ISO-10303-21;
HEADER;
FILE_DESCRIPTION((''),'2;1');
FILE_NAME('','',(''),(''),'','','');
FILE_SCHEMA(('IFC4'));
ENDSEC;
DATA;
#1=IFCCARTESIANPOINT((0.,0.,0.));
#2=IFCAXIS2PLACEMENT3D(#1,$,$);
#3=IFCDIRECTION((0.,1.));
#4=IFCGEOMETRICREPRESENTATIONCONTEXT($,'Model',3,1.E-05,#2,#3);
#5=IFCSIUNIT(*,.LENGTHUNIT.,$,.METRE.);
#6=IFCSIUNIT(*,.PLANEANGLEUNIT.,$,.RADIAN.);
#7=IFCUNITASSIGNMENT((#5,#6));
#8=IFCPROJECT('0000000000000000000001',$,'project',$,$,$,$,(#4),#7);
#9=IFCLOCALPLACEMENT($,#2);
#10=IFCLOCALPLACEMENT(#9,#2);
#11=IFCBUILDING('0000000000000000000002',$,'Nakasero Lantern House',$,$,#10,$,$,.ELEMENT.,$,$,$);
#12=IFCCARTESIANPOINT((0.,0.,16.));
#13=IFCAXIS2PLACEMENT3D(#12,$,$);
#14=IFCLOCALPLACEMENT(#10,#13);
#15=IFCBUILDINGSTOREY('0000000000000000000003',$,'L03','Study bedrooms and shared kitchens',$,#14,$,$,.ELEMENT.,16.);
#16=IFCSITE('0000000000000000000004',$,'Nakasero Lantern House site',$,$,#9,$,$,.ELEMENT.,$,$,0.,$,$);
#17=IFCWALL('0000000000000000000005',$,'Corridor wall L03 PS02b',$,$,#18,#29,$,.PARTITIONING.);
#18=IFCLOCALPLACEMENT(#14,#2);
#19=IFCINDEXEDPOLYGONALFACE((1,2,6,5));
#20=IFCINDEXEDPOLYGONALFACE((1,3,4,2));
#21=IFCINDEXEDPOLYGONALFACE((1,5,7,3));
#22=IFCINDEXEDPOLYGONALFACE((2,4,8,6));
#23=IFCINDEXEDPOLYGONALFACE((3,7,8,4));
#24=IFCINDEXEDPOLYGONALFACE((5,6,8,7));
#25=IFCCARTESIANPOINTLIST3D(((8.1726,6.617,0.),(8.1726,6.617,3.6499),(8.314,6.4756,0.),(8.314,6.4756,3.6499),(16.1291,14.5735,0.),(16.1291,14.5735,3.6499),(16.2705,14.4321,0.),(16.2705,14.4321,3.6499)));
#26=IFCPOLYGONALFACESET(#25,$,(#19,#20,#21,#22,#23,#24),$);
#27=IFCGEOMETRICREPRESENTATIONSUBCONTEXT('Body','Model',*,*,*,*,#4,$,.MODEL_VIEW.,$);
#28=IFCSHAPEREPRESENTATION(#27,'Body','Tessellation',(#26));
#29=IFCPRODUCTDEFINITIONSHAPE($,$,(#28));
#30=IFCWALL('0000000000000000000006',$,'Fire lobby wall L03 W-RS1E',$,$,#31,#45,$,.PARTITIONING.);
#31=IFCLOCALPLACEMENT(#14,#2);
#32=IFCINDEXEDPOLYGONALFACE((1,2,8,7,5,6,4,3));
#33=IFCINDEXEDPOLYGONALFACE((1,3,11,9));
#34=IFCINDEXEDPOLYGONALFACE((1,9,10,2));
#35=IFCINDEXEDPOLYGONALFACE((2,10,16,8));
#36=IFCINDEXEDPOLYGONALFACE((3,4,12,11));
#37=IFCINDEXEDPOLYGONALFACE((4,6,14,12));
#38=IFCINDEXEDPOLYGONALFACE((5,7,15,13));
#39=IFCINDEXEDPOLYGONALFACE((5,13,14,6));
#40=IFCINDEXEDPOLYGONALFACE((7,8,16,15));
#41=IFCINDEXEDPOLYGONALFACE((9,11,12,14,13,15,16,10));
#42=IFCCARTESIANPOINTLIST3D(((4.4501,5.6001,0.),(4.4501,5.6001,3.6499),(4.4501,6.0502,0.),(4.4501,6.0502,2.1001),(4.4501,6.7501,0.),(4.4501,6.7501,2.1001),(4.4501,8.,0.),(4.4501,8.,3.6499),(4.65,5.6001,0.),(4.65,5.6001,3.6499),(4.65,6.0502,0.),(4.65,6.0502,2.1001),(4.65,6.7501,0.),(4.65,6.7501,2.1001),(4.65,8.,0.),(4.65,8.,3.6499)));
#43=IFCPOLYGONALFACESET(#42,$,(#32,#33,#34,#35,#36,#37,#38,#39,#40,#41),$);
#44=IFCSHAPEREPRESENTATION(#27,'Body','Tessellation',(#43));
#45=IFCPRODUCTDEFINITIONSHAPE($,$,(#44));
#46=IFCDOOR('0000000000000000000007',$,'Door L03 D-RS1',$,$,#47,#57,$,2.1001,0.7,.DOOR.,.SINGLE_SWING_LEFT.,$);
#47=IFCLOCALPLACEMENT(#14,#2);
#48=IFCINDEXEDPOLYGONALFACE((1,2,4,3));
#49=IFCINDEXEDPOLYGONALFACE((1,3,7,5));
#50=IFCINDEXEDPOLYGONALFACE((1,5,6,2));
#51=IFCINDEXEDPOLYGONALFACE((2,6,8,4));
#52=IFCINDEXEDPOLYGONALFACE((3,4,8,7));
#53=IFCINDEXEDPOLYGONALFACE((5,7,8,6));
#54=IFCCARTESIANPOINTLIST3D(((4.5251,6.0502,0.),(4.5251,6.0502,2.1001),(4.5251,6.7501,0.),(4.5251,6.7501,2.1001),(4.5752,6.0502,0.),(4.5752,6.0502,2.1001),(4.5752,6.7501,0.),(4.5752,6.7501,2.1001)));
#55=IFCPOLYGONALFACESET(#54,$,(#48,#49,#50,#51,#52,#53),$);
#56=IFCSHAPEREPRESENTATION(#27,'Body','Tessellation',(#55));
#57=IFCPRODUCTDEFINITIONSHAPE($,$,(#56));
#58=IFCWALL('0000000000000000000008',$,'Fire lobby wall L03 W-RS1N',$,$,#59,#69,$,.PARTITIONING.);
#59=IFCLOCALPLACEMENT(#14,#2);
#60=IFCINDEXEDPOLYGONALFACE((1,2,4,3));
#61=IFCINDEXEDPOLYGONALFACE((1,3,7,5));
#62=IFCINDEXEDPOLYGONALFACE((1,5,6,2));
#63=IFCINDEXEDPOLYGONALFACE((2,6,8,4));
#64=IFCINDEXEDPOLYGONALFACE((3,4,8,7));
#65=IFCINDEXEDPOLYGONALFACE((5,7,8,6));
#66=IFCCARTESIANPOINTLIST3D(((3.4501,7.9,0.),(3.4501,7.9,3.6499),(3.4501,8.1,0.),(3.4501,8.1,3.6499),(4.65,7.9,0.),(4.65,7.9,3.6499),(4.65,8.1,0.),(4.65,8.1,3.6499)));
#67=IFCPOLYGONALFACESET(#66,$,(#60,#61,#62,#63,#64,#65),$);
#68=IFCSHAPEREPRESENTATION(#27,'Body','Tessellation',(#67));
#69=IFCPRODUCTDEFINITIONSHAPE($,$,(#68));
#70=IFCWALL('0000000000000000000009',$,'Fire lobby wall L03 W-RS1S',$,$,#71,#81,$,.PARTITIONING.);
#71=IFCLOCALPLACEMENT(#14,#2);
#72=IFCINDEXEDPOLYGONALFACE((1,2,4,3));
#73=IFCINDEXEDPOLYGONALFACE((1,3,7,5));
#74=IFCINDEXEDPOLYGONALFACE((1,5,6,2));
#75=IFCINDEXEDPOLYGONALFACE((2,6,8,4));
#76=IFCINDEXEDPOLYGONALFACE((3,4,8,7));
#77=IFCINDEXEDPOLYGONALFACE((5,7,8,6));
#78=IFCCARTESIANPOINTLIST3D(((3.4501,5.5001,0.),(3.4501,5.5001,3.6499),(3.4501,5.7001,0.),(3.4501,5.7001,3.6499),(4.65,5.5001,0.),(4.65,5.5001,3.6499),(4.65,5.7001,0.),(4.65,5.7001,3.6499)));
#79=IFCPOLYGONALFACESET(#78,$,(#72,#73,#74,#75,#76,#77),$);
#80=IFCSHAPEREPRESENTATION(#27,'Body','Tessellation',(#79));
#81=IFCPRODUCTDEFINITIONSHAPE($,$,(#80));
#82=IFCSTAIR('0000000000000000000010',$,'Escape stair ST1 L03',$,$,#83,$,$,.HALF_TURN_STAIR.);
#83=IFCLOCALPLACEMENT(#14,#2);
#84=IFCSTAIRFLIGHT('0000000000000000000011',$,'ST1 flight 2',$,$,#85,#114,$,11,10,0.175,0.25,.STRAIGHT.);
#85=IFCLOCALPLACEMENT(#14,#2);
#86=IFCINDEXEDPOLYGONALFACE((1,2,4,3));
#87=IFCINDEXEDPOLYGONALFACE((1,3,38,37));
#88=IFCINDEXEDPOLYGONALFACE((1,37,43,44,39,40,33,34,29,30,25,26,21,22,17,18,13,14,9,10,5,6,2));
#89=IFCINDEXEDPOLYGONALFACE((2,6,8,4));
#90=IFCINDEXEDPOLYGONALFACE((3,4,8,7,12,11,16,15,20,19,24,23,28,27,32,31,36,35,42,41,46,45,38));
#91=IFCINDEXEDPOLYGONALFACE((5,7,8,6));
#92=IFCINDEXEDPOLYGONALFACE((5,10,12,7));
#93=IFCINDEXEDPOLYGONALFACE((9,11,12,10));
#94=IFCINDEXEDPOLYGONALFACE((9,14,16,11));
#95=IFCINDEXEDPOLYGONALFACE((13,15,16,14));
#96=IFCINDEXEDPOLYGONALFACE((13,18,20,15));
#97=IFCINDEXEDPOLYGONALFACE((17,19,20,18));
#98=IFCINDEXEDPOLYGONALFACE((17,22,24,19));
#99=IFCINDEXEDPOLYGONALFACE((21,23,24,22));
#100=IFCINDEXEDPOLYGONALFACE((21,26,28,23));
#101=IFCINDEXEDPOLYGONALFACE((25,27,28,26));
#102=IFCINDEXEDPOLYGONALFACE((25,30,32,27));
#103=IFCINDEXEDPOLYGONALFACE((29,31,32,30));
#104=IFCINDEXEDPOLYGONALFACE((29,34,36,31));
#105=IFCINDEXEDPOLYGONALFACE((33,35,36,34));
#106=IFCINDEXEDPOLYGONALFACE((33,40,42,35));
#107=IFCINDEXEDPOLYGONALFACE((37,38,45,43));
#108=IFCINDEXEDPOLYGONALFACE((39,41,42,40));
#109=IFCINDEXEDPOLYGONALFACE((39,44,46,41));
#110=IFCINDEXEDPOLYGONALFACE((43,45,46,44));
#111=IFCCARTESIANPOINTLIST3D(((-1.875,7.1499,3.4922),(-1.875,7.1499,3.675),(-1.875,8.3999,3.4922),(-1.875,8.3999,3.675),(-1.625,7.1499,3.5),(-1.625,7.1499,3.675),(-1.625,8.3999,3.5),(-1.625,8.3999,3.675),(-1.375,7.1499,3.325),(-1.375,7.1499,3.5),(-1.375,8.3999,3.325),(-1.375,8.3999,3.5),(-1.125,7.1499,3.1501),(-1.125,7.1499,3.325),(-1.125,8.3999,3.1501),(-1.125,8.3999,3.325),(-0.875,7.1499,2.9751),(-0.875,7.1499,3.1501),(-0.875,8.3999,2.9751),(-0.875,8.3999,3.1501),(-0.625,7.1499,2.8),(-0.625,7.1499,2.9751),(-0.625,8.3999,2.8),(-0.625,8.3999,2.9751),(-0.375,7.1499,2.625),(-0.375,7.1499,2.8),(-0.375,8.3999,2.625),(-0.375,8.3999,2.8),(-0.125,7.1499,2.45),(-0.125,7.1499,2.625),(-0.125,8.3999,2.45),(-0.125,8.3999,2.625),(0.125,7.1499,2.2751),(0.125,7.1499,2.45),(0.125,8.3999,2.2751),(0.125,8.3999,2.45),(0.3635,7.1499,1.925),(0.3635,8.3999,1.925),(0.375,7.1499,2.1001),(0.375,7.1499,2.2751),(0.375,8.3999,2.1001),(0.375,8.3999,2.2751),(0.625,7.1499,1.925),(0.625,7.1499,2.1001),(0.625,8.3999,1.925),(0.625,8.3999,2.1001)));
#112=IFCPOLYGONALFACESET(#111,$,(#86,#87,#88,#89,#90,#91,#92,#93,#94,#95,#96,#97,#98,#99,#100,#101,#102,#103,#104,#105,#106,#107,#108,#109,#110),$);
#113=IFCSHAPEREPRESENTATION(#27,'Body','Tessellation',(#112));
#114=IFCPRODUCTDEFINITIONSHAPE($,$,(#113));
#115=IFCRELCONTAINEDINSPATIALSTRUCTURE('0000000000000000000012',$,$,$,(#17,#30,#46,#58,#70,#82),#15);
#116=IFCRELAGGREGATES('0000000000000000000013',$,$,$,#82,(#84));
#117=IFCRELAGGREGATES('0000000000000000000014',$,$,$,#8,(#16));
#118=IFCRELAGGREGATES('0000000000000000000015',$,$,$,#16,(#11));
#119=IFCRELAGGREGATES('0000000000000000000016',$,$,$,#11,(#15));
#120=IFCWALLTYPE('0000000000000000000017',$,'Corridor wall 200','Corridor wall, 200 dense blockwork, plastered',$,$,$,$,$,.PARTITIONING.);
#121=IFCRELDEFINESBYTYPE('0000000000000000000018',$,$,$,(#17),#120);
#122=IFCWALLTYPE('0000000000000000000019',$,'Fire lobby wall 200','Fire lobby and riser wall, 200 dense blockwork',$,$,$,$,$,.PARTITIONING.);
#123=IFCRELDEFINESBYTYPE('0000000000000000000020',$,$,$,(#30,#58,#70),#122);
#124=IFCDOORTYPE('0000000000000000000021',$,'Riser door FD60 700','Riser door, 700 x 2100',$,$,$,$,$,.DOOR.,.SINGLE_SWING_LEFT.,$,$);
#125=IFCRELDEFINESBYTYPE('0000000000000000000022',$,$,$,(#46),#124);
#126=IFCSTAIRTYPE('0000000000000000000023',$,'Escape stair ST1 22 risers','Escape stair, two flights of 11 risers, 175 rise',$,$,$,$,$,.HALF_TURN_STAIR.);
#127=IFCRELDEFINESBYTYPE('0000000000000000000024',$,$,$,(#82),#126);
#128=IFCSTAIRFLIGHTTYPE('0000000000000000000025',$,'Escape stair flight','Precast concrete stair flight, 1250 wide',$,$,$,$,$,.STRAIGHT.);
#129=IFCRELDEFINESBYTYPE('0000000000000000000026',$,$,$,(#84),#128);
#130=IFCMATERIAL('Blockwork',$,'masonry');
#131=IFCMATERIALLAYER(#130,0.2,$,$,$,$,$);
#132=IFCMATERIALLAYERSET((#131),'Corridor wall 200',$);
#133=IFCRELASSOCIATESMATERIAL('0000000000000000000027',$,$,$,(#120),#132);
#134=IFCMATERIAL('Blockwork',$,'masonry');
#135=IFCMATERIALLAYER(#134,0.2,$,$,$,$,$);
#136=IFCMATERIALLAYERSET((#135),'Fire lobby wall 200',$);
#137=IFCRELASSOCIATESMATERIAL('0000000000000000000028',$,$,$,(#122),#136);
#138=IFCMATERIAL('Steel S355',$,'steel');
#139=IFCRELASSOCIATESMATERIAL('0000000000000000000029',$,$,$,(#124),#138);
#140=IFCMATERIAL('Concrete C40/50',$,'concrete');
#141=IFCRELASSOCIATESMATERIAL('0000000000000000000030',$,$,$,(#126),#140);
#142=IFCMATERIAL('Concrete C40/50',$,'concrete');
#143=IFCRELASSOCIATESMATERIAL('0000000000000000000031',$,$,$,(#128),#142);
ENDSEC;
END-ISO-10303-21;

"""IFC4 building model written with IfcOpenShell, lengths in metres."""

from ifc_helpers import new_model, si_unit, direction, frame, frame_2d, origin, place, context, subcontext, project, spatial, polyline, rectangle, outline, extrude, material, layer, layer_set, type_object, element, fill, aggregate, save


model = new_model("IFC4")

# Units and contexts
model_context = context("Model", 3, precision=1e-05, world=origin(), true_north=direction((0.0, 1.0)))
body_context = subcontext(model_context, "Body", "Model", "MODEL_VIEW")
ifc_project = project(units=[si_unit("LENGTHUNIT", "METRE"), si_unit("PLANEANGLEUNIT", "RADIAN")], contexts=[model_context])

# Site, building, storey
site_placement = place(None, origin())
site = spatial("IfcSite", under=ifc_project, at=site_placement, Name="Nakasero Lantern House site", CompositionType="ELEMENT", RefElevation=0.0)
building_placement = place(site_placement, origin())
building = spatial("IfcBuilding", under=site, at=building_placement, Name="Nakasero Lantern House", CompositionType="ELEMENT")
storey_placement = place(building_placement, frame((0.0, 0.0, 16.0)))
storey = spatial("IfcBuildingStorey", under=building, at=storey_placement, Name="L03", Description="Study bedrooms and shared kitchens", CompositionType="ELEMENT", Elevation=16.0)

# Wall
ifc_material_1 = material(Name="Blockwork", Category="masonry")
ifc_layer_1 = layer(ifc_material_1, 0.2)
ifc_layer_set_1 = layer_set([ifc_layer_1], Name="Corridor wall 200")
wall_type_1 = type_object("IfcWallType", Name="Corridor wall 200", Description="Corridor wall, 200 dense blockwork, plastered", PredefinedType="PARTITIONING", material=ifc_layer_set_1)
for number, where, z_axis, x_axis, name in (
    (1, (8.2434, 6.5464, 0.0), (0.0, 0.0, 1.0), (0.707107, 0.707107, 0.0), "Corridor wall L03 PS02b"),
):
    element("IfcWall", number, at=place(storey_placement, frame(where, z_axis=z_axis, x_axis=x_axis)), inside=storey, type_object=wall_type_1, Name=name, PredefinedType="PARTITIONING", context=body_context, shape_type="SweptSolid", body=[
        extrude(rectangle(XDim=11.2522, YDim=0.2, at=frame_2d((5.626, 0.0))), origin(), (0.0, 0.0, 1.0), 3.6499),
    ])

# Wall, opening, door
ifc_material_2 = material(Name="Blockwork", Category="masonry")
ifc_layer_2 = layer(ifc_material_2, 0.2)
ifc_layer_set_2 = layer_set([ifc_layer_2], Name="Fire lobby wall 200")
wall_type_2 = type_object("IfcWallType", Name="Fire lobby wall 200", Description="Fire lobby and riser wall, 200 dense blockwork", PredefinedType="PARTITIONING", material=ifc_layer_set_2)
wall_1_placement = place(storey_placement, frame((4.55, 5.6001, 0.0), z_axis=(0.0, 0.0, 1.0), x_axis=(0.0, 1.0, 0.0)))
wall_1 = element("IfcWall", 2, at=wall_1_placement, inside=storey, type_object=wall_type_2, Name="Fire lobby wall L03 W-RS1E", PredefinedType="PARTITIONING", context=body_context, shape_type="SweptSolid", body=[
    extrude(rectangle(XDim=2.3999, YDim=0.2, at=frame_2d((1.2, 0.0))), origin(), (0.0, 0.0, 1.0), 3.6499),
])
opening_1_placement = place(wall_1_placement, frame((0.45, 0.0, 0.0)))
opening_1 = element("IfcOpeningElement", 3, at=opening_1_placement, cuts=wall_1, PredefinedType="OPENING", context=body_context, shape_type="SweptSolid", body=[
    extrude(rectangle(XDim=0.7, YDim=2.1001, at=frame_2d((0.3501, 1.05))), frame((0.0, 0.1199, 0.0), z_axis=(0.0, -1.0, 0.0), x_axis=(1.0, 0.0, 0.0)), (0.0, 0.0, 1.0), 0.24),
])
ifc_material_3 = material(Name="Steel S355", Category="steel")
door_type_1 = type_object("IfcDoorType", Name="Riser door FD60 700", Description="Riser door, 700 x 2100", OperationType="SINGLE_SWING_LEFT", PredefinedType="DOOR", material=ifc_material_3)
door_1_placement = place(opening_1_placement, origin())
door_1 = element("IfcDoor", 4, at=door_1_placement, inside=storey, type_object=door_type_1, Name="Door L03 D-RS1", OperationType="SINGLE_SWING_LEFT", OverallHeight=2.1001, OverallWidth=0.7, PredefinedType="DOOR", context=body_context, shape_type="SweptSolid", body=[
    extrude(rectangle(XDim=0.7, YDim=2.1001, at=frame_2d((0.3501, 1.05))), frame((0.0, 0.0249, 0.0), z_axis=(0.0, -1.0, 0.0), x_axis=(1.0, 0.0, 0.0)), (0.0, 0.0, 1.0), 0.05),
])
fill(opening_1, door_1)

# Walls
for number, where, z_axis, x_axis, name in (
    (5, (3.45, 8.0, 0.0), (0.0, 0.0, 1.0), (1.0, 0.0, 0.0), "Fire lobby wall L03 W-RS1N"),
    (6, (3.45, 5.6001, 0.0), (0.0, 0.0, 1.0), (1.0, 0.0, 0.0), "Fire lobby wall L03 W-RS1S"),
):
    element("IfcWall", number, at=place(storey_placement, frame(where, z_axis=z_axis, x_axis=x_axis)), inside=storey, type_object=wall_type_2, Name=name, PredefinedType="PARTITIONING", context=body_context, shape_type="SweptSolid", body=[
        extrude(rectangle(XDim=1.2, YDim=0.2, at=frame_2d((0.6001, 0.0))), origin(), (0.0, 0.0, 1.0), 3.6499),
    ])

# Stair, stair flight
ifc_material_4 = material(Name="Concrete C40/50", Category="concrete")
stair_type = type_object("IfcStairType", Name="Escape stair ST1 22 risers", Description="Escape stair, two flights of 11 risers, 175 rise", PredefinedType="HALF_TURN_STAIR", material=ifc_material_4)
stair_placement = place(storey_placement, origin())
stair = element("IfcStair", 7, at=stair_placement, inside=storey, type_object=stair_type, Name="Escape stair ST1 L03", PredefinedType="HALF_TURN_STAIR")
ifc_material_5 = material(Name="Concrete C40/50", Category="concrete")
stair_flight_type = type_object("IfcStairFlightType", Name="Escape stair flight", Description="Precast concrete stair flight, 1250 wide", PredefinedType="STRAIGHT", material=ifc_material_5)
stair_flight_placement = place(storey_placement, frame((0.625, 7.7749, 1.925), z_axis=(0.0, 0.0, 1.0), x_axis=(-1.0, 0.0, 0.0)))
stair_flight = element("IfcStairFlight", 8, at=stair_flight_placement, type_object=stair_flight_type, Name="ST1 flight 2", NumberOfRisers=11, NumberOfTreads=10, PredefinedType="STRAIGHT", RiserHeight=0.175, TreadLength=0.25, context=body_context, shape_type="SweptSolid", body=[
    extrude(outline(polyline([(0.0, 0.0), (0.0, 0.175), (0.25, 0.175), (0.25, 0.3501), (0.5, 0.3501), (0.5, 0.5249), (0.75, 0.5249), (0.75, 0.7), (1.0, 0.7), (1.0, 0.875), (1.25, 0.875), (1.25, 1.05), (1.5, 1.05), (1.5, 1.2251), (1.75, 1.2251), (1.75, 1.3999), (2.0, 1.3999), (2.0, 1.575), (2.25, 1.575), (2.25, 1.75), (2.5, 1.75), (2.5, 1.925), (2.5, 1.5671), (0.2615, 0.0), (0.0, 0.0)])), frame((0.0, 0.625, 0.0), z_axis=(0.0, -1.0, 0.0), x_axis=(1.0, 0.0, 0.0)), (0.0, 0.0, 1.0), 1.25),
])
aggregate(stair, [stair_flight])

save(model, "model.ifc")
